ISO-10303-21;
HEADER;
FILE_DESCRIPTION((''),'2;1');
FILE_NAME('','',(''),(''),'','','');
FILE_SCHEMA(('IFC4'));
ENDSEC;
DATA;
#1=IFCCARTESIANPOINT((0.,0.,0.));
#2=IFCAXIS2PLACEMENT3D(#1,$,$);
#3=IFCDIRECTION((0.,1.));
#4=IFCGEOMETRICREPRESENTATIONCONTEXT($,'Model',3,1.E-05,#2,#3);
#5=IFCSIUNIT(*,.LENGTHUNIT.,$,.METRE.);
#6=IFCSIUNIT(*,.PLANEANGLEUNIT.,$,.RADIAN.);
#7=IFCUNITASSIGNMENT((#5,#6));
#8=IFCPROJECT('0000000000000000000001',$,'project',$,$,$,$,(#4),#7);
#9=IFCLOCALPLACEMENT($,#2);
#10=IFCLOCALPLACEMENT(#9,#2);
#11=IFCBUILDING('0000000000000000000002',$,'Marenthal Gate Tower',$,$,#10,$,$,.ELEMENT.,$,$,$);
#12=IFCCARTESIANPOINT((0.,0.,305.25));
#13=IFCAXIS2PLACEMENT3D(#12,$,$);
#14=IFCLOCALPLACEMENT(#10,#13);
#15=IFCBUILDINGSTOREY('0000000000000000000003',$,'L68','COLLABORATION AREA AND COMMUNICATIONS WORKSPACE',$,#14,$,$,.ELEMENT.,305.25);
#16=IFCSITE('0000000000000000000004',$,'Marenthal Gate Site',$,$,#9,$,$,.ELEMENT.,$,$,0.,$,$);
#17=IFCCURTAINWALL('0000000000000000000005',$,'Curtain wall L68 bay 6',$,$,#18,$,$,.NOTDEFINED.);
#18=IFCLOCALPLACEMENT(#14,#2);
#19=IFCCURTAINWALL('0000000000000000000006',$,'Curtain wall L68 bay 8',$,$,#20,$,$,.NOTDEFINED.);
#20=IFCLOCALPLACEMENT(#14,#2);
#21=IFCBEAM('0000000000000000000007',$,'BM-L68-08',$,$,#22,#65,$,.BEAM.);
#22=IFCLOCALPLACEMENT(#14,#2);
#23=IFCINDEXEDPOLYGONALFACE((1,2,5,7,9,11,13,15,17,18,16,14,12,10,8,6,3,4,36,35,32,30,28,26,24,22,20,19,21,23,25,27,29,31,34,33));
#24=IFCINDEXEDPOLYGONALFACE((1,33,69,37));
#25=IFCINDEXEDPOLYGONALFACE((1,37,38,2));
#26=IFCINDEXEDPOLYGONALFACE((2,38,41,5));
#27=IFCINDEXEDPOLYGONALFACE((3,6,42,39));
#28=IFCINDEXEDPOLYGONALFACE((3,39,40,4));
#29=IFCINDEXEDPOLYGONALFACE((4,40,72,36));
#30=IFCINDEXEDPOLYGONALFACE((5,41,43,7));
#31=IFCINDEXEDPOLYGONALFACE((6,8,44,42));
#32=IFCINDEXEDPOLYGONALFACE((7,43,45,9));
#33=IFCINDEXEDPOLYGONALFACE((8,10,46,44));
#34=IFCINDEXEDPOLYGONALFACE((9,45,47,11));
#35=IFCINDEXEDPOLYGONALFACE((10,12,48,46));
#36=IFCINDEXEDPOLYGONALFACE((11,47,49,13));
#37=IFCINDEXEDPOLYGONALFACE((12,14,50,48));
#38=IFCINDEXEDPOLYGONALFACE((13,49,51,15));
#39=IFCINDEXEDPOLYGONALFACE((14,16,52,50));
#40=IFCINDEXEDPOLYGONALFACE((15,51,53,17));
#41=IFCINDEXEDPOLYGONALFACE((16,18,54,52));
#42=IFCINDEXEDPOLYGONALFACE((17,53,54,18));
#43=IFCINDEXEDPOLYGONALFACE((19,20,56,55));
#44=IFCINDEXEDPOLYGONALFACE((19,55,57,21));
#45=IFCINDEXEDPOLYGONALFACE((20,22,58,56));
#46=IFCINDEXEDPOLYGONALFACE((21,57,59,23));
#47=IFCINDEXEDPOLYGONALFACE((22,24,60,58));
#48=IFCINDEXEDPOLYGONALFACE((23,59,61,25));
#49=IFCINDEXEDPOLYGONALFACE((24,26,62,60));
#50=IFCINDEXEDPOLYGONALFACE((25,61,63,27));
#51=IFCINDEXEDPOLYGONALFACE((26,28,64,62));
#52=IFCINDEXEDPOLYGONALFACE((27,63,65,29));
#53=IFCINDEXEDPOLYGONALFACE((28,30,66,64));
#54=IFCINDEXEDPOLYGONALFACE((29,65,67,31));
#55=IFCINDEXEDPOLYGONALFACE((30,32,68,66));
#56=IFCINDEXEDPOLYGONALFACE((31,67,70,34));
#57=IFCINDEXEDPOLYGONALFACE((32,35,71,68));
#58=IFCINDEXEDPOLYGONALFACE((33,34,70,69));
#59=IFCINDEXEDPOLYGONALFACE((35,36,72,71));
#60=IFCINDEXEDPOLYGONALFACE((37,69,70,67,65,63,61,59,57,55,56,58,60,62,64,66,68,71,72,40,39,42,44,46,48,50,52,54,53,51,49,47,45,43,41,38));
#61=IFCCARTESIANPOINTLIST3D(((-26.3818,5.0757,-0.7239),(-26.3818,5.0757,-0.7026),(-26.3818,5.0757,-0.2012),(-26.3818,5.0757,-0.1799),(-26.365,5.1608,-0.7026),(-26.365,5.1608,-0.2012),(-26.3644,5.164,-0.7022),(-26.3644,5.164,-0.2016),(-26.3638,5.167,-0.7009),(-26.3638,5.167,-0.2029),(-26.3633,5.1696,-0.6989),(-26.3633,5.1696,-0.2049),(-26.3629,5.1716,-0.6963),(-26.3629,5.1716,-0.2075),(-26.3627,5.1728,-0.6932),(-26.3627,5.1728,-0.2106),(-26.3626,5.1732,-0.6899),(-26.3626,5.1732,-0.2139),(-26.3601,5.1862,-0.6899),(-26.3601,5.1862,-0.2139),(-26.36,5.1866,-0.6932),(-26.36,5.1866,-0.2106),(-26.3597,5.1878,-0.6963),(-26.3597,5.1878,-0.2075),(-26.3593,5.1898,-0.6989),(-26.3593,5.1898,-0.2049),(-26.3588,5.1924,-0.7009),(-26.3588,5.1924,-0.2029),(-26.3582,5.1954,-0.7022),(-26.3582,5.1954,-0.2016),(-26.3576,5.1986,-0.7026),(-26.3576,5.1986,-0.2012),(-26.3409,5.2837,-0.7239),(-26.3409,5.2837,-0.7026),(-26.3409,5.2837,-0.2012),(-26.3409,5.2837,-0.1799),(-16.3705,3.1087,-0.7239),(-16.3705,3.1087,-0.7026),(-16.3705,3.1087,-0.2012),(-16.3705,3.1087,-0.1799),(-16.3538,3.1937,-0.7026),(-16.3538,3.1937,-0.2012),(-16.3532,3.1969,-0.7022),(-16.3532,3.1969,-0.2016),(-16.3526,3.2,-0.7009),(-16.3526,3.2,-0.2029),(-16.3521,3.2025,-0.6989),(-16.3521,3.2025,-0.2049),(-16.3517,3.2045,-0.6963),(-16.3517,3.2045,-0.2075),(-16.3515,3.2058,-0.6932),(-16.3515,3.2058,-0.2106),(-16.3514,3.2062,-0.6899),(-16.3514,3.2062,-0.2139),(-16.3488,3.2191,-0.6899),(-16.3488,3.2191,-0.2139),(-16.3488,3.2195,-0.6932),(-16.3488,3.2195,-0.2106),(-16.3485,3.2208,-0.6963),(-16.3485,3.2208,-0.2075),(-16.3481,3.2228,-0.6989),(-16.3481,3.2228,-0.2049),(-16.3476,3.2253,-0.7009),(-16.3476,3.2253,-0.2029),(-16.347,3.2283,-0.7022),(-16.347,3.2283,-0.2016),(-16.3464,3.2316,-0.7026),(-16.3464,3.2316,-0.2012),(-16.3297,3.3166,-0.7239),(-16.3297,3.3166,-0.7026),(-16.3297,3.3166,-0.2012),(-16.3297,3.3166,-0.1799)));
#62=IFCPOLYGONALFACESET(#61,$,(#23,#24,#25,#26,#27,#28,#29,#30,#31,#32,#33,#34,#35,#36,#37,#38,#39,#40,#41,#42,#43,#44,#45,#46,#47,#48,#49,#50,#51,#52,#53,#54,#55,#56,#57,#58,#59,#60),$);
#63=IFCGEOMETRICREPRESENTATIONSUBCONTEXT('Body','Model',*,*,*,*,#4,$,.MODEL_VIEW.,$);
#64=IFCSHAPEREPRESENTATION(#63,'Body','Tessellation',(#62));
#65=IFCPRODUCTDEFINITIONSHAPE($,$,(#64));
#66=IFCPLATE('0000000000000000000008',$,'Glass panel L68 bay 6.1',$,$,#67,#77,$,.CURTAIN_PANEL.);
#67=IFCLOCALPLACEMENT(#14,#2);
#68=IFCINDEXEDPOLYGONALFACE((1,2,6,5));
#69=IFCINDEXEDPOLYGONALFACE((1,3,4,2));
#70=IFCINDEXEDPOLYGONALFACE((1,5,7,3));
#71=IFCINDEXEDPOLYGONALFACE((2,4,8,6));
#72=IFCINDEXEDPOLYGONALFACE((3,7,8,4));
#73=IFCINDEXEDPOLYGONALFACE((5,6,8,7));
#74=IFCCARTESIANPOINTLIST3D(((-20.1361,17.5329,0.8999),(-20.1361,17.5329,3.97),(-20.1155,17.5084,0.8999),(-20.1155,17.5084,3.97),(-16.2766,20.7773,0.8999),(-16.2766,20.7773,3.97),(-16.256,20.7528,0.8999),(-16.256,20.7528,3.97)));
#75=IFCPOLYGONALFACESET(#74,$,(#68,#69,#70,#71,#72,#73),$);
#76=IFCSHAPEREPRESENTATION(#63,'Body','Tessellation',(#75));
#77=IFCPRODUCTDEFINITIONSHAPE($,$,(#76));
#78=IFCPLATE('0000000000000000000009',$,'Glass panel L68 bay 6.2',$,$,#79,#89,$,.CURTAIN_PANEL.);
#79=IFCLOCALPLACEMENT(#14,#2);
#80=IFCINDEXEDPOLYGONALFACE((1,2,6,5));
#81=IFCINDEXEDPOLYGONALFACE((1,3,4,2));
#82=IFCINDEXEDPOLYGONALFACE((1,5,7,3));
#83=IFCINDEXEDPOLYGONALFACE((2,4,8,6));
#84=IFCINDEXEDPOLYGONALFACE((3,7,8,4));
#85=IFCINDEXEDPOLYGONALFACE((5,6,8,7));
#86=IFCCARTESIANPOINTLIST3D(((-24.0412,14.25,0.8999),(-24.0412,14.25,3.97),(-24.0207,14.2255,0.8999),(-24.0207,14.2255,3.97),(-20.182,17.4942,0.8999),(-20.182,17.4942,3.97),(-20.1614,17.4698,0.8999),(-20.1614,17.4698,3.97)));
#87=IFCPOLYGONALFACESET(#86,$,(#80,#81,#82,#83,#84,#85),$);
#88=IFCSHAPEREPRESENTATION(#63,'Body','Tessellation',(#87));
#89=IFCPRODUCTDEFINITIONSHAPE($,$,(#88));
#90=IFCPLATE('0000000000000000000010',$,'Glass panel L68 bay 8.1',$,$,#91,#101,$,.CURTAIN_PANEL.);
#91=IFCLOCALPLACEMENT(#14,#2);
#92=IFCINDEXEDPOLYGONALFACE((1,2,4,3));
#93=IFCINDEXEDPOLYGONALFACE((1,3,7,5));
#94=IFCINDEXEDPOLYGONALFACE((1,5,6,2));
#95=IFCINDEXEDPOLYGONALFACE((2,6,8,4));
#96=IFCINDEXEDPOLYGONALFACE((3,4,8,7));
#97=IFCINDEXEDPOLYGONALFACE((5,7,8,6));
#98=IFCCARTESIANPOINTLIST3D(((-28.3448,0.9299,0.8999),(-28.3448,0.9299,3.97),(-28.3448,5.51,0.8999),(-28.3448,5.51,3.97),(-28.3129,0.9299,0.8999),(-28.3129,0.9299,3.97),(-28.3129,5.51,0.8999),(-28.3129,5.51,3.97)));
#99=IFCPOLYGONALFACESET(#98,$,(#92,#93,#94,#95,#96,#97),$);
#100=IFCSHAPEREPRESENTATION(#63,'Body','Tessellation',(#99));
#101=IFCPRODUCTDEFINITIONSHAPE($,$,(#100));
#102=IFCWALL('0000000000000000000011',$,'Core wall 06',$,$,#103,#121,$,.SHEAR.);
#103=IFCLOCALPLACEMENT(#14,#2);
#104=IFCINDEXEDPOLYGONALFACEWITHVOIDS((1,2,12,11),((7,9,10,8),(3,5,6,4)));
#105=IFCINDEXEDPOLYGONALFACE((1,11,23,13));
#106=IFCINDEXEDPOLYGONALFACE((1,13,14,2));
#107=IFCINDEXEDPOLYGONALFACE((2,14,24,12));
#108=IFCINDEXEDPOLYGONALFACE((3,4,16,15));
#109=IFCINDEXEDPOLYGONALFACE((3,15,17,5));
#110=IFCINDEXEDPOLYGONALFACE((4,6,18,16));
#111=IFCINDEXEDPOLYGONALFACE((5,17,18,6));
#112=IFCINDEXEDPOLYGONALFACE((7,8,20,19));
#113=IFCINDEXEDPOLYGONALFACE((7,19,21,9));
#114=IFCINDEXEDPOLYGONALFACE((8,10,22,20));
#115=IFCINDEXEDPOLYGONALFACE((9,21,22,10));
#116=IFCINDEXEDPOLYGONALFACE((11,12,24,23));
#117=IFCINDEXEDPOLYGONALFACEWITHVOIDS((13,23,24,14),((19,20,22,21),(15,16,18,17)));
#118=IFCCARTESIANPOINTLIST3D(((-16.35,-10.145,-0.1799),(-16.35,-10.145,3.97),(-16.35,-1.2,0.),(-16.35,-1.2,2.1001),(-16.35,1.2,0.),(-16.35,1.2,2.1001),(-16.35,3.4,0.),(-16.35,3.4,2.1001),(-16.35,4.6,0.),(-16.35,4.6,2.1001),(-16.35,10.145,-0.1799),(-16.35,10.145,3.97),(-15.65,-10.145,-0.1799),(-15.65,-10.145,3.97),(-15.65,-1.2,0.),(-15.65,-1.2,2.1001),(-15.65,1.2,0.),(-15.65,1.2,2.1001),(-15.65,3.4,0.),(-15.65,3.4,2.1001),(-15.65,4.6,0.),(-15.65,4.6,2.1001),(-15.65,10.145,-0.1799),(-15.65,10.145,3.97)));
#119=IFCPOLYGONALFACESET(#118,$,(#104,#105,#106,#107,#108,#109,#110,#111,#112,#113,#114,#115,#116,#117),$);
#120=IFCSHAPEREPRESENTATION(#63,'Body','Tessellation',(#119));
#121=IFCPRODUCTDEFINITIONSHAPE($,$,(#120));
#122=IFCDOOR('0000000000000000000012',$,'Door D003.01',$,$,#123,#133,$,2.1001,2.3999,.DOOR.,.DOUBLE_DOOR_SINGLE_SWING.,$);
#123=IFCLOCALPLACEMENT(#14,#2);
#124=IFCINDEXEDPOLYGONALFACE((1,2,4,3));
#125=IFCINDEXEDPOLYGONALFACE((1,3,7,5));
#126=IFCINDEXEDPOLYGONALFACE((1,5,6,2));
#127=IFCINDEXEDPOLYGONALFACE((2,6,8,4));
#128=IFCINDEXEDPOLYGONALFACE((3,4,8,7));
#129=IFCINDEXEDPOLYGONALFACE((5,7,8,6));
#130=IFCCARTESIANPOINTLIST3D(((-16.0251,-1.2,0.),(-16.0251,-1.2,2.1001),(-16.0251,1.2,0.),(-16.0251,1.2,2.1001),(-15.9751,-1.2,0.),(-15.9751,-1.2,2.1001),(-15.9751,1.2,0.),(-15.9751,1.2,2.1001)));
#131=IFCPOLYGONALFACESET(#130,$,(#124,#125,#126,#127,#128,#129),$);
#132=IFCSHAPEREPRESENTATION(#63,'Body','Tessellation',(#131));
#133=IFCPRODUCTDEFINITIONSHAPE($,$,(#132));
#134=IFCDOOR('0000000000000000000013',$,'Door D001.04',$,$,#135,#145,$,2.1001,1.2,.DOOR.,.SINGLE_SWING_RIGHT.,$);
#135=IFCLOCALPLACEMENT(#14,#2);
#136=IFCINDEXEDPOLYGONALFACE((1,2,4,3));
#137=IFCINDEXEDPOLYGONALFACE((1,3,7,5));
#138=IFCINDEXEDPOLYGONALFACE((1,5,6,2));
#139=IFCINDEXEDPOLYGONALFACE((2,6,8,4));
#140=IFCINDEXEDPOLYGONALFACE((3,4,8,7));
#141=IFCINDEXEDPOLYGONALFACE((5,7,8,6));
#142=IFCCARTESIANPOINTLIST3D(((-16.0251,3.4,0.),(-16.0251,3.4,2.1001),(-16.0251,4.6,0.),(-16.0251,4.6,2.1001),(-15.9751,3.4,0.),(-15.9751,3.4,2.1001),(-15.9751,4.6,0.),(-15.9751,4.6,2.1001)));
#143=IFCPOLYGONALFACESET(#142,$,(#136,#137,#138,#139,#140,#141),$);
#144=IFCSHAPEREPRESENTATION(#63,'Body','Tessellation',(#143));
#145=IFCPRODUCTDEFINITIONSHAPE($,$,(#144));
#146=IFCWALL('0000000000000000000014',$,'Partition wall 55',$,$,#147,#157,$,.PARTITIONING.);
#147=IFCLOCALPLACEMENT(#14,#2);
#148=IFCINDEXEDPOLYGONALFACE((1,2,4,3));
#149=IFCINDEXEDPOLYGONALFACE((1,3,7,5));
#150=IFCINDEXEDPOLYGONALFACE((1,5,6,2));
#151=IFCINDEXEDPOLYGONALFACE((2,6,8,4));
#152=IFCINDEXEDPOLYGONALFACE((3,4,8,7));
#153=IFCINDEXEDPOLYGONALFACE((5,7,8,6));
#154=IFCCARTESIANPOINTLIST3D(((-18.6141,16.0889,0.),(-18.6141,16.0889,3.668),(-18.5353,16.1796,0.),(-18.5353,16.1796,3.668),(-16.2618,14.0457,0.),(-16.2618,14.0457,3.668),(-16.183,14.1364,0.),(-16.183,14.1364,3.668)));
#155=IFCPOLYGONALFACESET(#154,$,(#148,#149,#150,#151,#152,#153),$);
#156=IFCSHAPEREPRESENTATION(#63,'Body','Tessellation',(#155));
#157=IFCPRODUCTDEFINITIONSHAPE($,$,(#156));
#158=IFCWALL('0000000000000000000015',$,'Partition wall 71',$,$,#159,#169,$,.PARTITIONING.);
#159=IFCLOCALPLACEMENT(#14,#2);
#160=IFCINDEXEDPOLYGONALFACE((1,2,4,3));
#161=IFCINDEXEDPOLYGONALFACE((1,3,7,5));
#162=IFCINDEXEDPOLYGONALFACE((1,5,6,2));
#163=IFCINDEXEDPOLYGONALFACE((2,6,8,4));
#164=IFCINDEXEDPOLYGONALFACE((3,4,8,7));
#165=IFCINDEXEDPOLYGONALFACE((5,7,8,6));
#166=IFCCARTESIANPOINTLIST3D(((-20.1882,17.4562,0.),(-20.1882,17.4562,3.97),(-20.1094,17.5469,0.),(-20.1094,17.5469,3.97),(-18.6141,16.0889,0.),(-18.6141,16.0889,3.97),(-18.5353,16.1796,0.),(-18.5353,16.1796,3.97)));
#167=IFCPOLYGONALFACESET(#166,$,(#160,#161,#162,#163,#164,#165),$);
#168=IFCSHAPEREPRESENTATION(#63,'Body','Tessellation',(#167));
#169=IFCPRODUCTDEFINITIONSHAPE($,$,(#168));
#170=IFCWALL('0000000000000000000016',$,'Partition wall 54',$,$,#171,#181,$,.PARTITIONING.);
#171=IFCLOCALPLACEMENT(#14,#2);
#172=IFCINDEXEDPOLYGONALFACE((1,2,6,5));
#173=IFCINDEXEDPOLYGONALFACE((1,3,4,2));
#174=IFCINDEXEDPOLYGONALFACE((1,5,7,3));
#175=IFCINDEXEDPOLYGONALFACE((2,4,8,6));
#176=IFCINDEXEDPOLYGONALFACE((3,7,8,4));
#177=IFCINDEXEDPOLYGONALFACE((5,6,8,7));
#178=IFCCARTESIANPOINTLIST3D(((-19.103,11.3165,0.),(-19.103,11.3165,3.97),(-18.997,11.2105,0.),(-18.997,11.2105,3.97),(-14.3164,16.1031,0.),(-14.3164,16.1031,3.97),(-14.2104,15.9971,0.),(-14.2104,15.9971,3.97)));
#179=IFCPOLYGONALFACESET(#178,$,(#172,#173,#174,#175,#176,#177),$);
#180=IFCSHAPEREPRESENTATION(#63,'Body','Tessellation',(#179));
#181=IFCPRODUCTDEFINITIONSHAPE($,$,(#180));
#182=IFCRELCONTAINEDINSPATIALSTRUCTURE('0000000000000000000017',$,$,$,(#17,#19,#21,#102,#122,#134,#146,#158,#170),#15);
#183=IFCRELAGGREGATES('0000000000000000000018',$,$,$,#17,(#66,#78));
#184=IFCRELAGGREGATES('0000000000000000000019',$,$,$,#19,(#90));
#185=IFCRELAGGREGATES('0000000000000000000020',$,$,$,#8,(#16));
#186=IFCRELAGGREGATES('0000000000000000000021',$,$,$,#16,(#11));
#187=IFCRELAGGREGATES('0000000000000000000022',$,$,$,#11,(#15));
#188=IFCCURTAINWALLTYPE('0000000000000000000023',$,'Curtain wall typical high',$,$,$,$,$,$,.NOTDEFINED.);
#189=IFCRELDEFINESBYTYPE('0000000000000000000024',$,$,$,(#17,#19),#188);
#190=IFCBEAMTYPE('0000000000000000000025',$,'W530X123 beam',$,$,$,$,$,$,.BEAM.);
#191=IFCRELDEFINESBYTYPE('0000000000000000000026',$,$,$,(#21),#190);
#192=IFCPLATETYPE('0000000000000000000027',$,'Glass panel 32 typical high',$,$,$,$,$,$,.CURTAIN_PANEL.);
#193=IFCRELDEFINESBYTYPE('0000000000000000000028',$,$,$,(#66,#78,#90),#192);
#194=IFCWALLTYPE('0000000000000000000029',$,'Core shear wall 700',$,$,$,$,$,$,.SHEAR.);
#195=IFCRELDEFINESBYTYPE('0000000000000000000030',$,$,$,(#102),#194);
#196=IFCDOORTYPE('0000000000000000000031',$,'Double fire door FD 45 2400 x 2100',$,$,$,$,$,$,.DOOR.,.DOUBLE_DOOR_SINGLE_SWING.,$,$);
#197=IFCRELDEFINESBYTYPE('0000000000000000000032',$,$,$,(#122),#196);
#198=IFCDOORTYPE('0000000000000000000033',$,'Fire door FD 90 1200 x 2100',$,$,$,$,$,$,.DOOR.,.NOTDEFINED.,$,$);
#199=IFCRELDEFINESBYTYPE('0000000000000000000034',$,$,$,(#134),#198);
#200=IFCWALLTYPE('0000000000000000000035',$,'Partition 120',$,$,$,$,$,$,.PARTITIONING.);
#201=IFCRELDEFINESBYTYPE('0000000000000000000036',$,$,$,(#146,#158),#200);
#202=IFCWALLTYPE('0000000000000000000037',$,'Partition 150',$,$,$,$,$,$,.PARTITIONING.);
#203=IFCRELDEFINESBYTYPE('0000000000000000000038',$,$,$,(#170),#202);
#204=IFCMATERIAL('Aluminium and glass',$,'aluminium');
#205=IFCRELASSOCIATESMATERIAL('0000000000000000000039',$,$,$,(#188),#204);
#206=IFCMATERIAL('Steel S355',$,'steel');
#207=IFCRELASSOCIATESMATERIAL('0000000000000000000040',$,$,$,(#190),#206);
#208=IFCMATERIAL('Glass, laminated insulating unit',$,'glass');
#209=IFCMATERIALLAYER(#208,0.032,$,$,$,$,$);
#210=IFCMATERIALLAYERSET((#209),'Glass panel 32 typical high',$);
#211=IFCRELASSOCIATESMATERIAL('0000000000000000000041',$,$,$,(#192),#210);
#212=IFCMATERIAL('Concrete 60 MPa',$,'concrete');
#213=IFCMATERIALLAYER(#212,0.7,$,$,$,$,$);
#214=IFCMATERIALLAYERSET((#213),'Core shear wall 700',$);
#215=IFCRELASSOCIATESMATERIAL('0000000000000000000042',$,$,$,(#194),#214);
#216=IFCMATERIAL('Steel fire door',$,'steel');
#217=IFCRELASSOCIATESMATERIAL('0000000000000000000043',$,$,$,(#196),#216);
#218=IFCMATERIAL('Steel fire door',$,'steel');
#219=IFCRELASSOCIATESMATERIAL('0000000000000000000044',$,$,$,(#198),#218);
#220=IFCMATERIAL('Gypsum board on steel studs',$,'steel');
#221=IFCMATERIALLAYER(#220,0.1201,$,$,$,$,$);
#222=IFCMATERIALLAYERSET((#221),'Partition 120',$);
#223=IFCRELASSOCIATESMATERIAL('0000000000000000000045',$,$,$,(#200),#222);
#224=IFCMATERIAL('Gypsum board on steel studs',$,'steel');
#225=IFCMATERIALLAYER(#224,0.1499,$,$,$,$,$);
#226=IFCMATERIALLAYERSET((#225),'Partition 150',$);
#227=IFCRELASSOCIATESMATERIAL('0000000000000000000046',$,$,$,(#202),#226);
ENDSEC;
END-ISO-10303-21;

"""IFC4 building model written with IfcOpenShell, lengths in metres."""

from ifc_helpers import new_model, si_unit, direction, frame, frame_2d, origin, origin_2d, place, context, subcontext, project, spatial, rectangle, i_section, extrude, material, layer, layer_set, material_profile, profile_set, type_object, element, fill, aggregate, save


model = new_model("IFC4")

# Units and contexts
model_context = context("Model", 3, precision=1e-05, world=origin(), true_north=direction((0.0, 1.0)))
body_context = subcontext(model_context, "Body", "Model", "MODEL_VIEW")
ifc_project = project(units=[si_unit("LENGTHUNIT", "METRE"), si_unit("PLANEANGLEUNIT", "RADIAN")], contexts=[model_context])

# Site, building, storey
site_placement = place(None, origin())
site = spatial("IfcSite", under=ifc_project, at=site_placement, Name="Marenthal Gate Site", CompositionType="ELEMENT", RefElevation=0.0)
building_placement = place(site_placement, origin())
building = spatial("IfcBuilding", under=site, at=building_placement, Name="Marenthal Gate Tower", CompositionType="ELEMENT")
storey_placement = place(building_placement, frame((0.0, 0.0, 305.25)))
storey = spatial("IfcBuildingStorey", under=building, at=storey_placement, Name="L68", Description="COLLABORATION AREA AND COMMUNICATIONS WORKSPACE", CompositionType="ELEMENT", Elevation=305.25)

# Curtain walls
ifc_material_1 = material(Name="Aluminium and glass", Category="aluminium")
curtain_wall_type = type_object("IfcCurtainWallType", Name="Curtain wall typical high", PredefinedType="NOTDEFINED", material=ifc_material_1)
curtain_wall_1_placement = place(storey_placement, origin())
curtain_wall_1 = element("IfcCurtainWall", 1, at=curtain_wall_1_placement, inside=storey, type_object=curtain_wall_type, Name="Curtain wall L68 bay 6", PredefinedType="NOTDEFINED")
curtain_wall_2_placement = place(storey_placement, origin())
curtain_wall_2 = element("IfcCurtainWall", 2, at=curtain_wall_2_placement, inside=storey, type_object=curtain_wall_type, Name="Curtain wall L68 bay 8", PredefinedType="NOTDEFINED")

# Beam
ifc_material_2 = material(Name="Steel S355", Category="steel")
ifc_material_profile_1 = material_profile(ifc_material_2, i_section(OverallWidth=0.2119, OverallDepth=0.5439, WebThickness=0.0132, FlangeThickness=0.0212, FilletRadius=0.0127, at=origin_2d()), Name="W530X123")
ifc_profile_set_1 = profile_set([ifc_material_profile_1], Name="Steel S355")
beam_type_1 = type_object("IfcBeamType", Name="W530X123 beam", PredefinedType="BEAM", material=ifc_profile_set_1)
beam_1_placement = place(storey_placement, frame((-26.3613, 5.1797, -0.4519), z_axis=(0.981239, -0.192797, 0.0), x_axis=(0.192797, 0.981239, 0.0)))
element("IfcBeam", 3, at=beam_1_placement, inside=storey, type_object=beam_type_1, Name="BM-L68-08", PredefinedType="BEAM", context=body_context, shape_type="SweptSolid", body=[
    extrude(i_section(OverallWidth=0.2119, OverallDepth=0.5439, WebThickness=0.0132, FlangeThickness=0.0212, FilletRadius=0.0127, at=origin_2d()), origin(), (0.0, 0.0, 1.0), 10.2026),
])

# Plates
ifc_material_3 = material(Name="Glass, laminated insulating unit", Category="glass")
ifc_layer_1 = layer(ifc_material_3, 0.032)
ifc_layer_set_1 = layer_set([ifc_layer_1], Name="Glass panel 32 typical high")
plate_type = type_object("IfcPlateType", Name="Glass panel 32 typical high", PredefinedType="CURTAIN_PANEL", material=ifc_layer_set_1)
plate_1_placement = place(storey_placement, frame((-18.196, 19.1428, 0.8999), z_axis=(0.0, 0.0, 1.0), x_axis=(-0.765463, -0.64348, 0.0)))
plate_1 = element("IfcPlate", 4, at=plate_1_placement, type_object=plate_type, Name="Glass panel L68 bay 6.1", PredefinedType="CURTAIN_PANEL", context=body_context, shape_type="SweptSolid", body=[
    extrude(rectangle(XDim=5.042, YDim=0.032, at=origin_2d()), origin(), (0.0, 0.0, 1.0), 3.0701),
])
plate_2_placement = place(storey_placement, frame((-22.1013, 15.8599, 0.8999), z_axis=(0.0, 0.0, 1.0), x_axis=(-0.765463, -0.64348, 0.0)))
plate_2 = element("IfcPlate", 5, at=plate_2_placement, type_object=plate_type, Name="Glass panel L68 bay 6.2", PredefinedType="CURTAIN_PANEL", context=body_context, shape_type="SweptSolid", body=[
    extrude(rectangle(XDim=5.0417, YDim=0.032, at=origin_2d()), origin(), (0.0, 0.0, 1.0), 3.0701),
])
aggregate(curtain_wall_1, [plate_1, plate_2])
plate_3_placement = place(storey_placement, frame((-28.3289, 3.22, 0.8999), z_axis=(0.0, 0.0, 1.0), x_axis=(0.0, -1.0, 0.0)))
plate_3 = element("IfcPlate", 6, at=plate_3_placement, type_object=plate_type, Name="Glass panel L68 bay 8.1", PredefinedType="CURTAIN_PANEL", context=body_context, shape_type="SweptSolid", body=[
    extrude(rectangle(XDim=4.5801, YDim=0.032, at=origin_2d()), origin(), (0.0, 0.0, 1.0), 3.0701),
])
aggregate(curtain_wall_2, [plate_3])

# Wall, openings, doors
ifc_material_4 = material(Name="Concrete 60 MPa", Category="concrete")
ifc_layer_2 = layer(ifc_material_4, 0.7)
ifc_layer_set_2 = layer_set([ifc_layer_2], Name="Core shear wall 700")
wall_type_1 = type_object("IfcWallType", Name="Core shear wall 700", PredefinedType="SHEAR", material=ifc_layer_set_2)
wall_1_placement = place(storey_placement, frame((-16.0, 10.145, -0.1799), z_axis=(0.0, 0.0, 1.0), x_axis=(0.0, -1.0, 0.0)))
wall_1 = element("IfcWall", 7, at=wall_1_placement, inside=storey, type_object=wall_type_1, Name="Core wall 06", PredefinedType="SHEAR", context=body_context, shape_type="SweptSolid", body=[
    extrude(rectangle(XDim=20.29, YDim=0.7, at=frame_2d((10.145, 0.0))), origin(), (0.0, 0.0, 1.0), 4.1499),
])
opening_1_placement = place(wall_1_placement, frame((8.9451, 0.0, 0.1799)))
opening_1 = element("IfcOpeningElement", 8, at=opening_1_placement, cuts=wall_1, PredefinedType="OPENING", context=body_context, shape_type="SweptSolid", body=[
    extrude(rectangle(XDim=2.3999, YDim=2.1001, at=frame_2d((1.2, 1.05))), frame((0.0, 0.3599, 0.0), z_axis=(0.0, -1.0, 0.0), x_axis=(1.0, 0.0, 0.0)), (0.0, 0.0, 1.0), 0.72),
])
opening_2_placement = place(wall_1_placement, frame((5.5449, 0.0, 0.1799)))
opening_2 = element("IfcOpeningElement", 9, at=opening_2_placement, cuts=wall_1, PredefinedType="OPENING", context=body_context, shape_type="SweptSolid", body=[
    extrude(rectangle(XDim=1.2, YDim=2.1001, at=frame_2d((0.6001, 1.05))), frame((0.0, 0.3599, 0.0), z_axis=(0.0, -1.0, 0.0), x_axis=(1.0, 0.0, 0.0)), (0.0, 0.0, 1.0), 0.72),
])
ifc_material_5 = material(Name="Steel fire door", Category="steel")
door_type_1 = type_object("IfcDoorType", Name="Double fire door FD 45 2400 x 2100", OperationType="DOUBLE_DOOR_SINGLE_SWING", PredefinedType="DOOR", material=ifc_material_5)
door_1_placement = place(opening_1_placement, origin())
door_1 = element("IfcDoor", 10, at=door_1_placement, inside=storey, type_object=door_type_1, Name="Door D003.01", OperationType="DOUBLE_DOOR_SINGLE_SWING", OverallHeight=2.1001, OverallWidth=2.3999, PredefinedType="DOOR", context=body_context, shape_type="SweptSolid", body=[
    extrude(rectangle(XDim=2.3999, YDim=2.1001, at=frame_2d((1.2, 1.05))), frame((0.0, 0.0249, 0.0), z_axis=(0.0, -1.0, 0.0), x_axis=(1.0, 0.0, 0.0)), (0.0, 0.0, 1.0), 0.05),
])
fill(opening_1, door_1)
ifc_material_6 = material(Name="Steel fire door", Category="steel")
door_type_2 = type_object("IfcDoorType", Name="Fire door FD 90 1200 x 2100", OperationType="NOTDEFINED", PredefinedType="DOOR", material=ifc_material_6)
door_2_placement = place(opening_2_placement, origin())
door_2 = element("IfcDoor", 11, at=door_2_placement, inside=storey, type_object=door_type_2, Name="Door D001.04", OperationType="SINGLE_SWING_RIGHT", OverallHeight=2.1001, OverallWidth=1.2, PredefinedType="DOOR", context=body_context, shape_type="SweptSolid", body=[
    extrude(rectangle(XDim=1.2, YDim=2.1001, at=frame_2d((0.6001, 1.05))), frame((0.0, 0.0249, 0.0), z_axis=(0.0, -1.0, 0.0), x_axis=(1.0, 0.0, 0.0)), (0.0, 0.0, 1.0), 0.05),
])
fill(opening_2, door_2)

# Walls
ifc_material_7 = material(Name="Gypsum board on steel studs", Category="steel")
ifc_layer_3 = layer(ifc_material_7, 0.1201)
ifc_layer_set_3 = layer_set([ifc_layer_3], Name="Partition 120")
wall_type_2 = type_object("IfcWallType", Name="Partition 120", PredefinedType="PARTITIONING", material=ifc_layer_set_3)
wall_2_placement = place(storey_placement, frame((-16.2224, 14.0911, 0.0), z_axis=(0.0, 0.0, 1.0), x_axis=(-0.754965, 0.655765, 0.0)))
element("IfcWall", 12, at=wall_2_placement, inside=storey, type_object=wall_type_2, Name="Partition wall 55", PredefinedType="PARTITIONING", context=body_context, shape_type="SweptSolid", body=[
    extrude(rectangle(XDim=3.1157, YDim=0.1201, at=frame_2d((1.5579, 0.0))), origin(), (0.0, 0.0, 1.0), 3.668),
])
wall_3_placement = place(storey_placement, frame((-18.5747, 16.1343, 0.0), z_axis=(0.0, 0.0, 1.0), x_axis=(-0.754958, 0.655773, 0.0)))
element("IfcWall", 13, at=wall_3_placement, inside=storey, type_object=wall_type_2, Name="Partition wall 71", PredefinedType="PARTITIONING", context=body_context, shape_type="SweptSolid", body=[
    extrude(rectangle(XDim=2.085, YDim=0.1201, at=frame_2d((1.0425, 0.0))), origin(), (0.0, 0.0, 1.0), 3.97),
])
ifc_material_8 = material(Name="Gypsum board on steel studs", Category="steel")
ifc_layer_4 = layer(ifc_material_8, 0.1499)
ifc_layer_set_4 = layer_set([ifc_layer_4], Name="Partition 150")
wall_type_3 = type_object("IfcWallType", Name="Partition 150", PredefinedType="PARTITIONING", material=ifc_layer_set_4)
wall_4_placement = place(storey_placement, frame((-19.05, 11.2634, 0.0), z_axis=(0.0, 0.0, 1.0), x_axis=(0.707107, 0.707107, 0.0)))
element("IfcWall", 14, at=wall_4_placement, inside=storey, type_object=wall_type_3, Name="Partition wall 54", PredefinedType="PARTITIONING", context=body_context, shape_type="SweptSolid", body=[
    extrude(rectangle(XDim=6.7693, YDim=0.1499, at=frame_2d((3.3848, 0.0))), origin(), (0.0, 0.0, 1.0), 3.97),
])

save(model, "model.ifc")
